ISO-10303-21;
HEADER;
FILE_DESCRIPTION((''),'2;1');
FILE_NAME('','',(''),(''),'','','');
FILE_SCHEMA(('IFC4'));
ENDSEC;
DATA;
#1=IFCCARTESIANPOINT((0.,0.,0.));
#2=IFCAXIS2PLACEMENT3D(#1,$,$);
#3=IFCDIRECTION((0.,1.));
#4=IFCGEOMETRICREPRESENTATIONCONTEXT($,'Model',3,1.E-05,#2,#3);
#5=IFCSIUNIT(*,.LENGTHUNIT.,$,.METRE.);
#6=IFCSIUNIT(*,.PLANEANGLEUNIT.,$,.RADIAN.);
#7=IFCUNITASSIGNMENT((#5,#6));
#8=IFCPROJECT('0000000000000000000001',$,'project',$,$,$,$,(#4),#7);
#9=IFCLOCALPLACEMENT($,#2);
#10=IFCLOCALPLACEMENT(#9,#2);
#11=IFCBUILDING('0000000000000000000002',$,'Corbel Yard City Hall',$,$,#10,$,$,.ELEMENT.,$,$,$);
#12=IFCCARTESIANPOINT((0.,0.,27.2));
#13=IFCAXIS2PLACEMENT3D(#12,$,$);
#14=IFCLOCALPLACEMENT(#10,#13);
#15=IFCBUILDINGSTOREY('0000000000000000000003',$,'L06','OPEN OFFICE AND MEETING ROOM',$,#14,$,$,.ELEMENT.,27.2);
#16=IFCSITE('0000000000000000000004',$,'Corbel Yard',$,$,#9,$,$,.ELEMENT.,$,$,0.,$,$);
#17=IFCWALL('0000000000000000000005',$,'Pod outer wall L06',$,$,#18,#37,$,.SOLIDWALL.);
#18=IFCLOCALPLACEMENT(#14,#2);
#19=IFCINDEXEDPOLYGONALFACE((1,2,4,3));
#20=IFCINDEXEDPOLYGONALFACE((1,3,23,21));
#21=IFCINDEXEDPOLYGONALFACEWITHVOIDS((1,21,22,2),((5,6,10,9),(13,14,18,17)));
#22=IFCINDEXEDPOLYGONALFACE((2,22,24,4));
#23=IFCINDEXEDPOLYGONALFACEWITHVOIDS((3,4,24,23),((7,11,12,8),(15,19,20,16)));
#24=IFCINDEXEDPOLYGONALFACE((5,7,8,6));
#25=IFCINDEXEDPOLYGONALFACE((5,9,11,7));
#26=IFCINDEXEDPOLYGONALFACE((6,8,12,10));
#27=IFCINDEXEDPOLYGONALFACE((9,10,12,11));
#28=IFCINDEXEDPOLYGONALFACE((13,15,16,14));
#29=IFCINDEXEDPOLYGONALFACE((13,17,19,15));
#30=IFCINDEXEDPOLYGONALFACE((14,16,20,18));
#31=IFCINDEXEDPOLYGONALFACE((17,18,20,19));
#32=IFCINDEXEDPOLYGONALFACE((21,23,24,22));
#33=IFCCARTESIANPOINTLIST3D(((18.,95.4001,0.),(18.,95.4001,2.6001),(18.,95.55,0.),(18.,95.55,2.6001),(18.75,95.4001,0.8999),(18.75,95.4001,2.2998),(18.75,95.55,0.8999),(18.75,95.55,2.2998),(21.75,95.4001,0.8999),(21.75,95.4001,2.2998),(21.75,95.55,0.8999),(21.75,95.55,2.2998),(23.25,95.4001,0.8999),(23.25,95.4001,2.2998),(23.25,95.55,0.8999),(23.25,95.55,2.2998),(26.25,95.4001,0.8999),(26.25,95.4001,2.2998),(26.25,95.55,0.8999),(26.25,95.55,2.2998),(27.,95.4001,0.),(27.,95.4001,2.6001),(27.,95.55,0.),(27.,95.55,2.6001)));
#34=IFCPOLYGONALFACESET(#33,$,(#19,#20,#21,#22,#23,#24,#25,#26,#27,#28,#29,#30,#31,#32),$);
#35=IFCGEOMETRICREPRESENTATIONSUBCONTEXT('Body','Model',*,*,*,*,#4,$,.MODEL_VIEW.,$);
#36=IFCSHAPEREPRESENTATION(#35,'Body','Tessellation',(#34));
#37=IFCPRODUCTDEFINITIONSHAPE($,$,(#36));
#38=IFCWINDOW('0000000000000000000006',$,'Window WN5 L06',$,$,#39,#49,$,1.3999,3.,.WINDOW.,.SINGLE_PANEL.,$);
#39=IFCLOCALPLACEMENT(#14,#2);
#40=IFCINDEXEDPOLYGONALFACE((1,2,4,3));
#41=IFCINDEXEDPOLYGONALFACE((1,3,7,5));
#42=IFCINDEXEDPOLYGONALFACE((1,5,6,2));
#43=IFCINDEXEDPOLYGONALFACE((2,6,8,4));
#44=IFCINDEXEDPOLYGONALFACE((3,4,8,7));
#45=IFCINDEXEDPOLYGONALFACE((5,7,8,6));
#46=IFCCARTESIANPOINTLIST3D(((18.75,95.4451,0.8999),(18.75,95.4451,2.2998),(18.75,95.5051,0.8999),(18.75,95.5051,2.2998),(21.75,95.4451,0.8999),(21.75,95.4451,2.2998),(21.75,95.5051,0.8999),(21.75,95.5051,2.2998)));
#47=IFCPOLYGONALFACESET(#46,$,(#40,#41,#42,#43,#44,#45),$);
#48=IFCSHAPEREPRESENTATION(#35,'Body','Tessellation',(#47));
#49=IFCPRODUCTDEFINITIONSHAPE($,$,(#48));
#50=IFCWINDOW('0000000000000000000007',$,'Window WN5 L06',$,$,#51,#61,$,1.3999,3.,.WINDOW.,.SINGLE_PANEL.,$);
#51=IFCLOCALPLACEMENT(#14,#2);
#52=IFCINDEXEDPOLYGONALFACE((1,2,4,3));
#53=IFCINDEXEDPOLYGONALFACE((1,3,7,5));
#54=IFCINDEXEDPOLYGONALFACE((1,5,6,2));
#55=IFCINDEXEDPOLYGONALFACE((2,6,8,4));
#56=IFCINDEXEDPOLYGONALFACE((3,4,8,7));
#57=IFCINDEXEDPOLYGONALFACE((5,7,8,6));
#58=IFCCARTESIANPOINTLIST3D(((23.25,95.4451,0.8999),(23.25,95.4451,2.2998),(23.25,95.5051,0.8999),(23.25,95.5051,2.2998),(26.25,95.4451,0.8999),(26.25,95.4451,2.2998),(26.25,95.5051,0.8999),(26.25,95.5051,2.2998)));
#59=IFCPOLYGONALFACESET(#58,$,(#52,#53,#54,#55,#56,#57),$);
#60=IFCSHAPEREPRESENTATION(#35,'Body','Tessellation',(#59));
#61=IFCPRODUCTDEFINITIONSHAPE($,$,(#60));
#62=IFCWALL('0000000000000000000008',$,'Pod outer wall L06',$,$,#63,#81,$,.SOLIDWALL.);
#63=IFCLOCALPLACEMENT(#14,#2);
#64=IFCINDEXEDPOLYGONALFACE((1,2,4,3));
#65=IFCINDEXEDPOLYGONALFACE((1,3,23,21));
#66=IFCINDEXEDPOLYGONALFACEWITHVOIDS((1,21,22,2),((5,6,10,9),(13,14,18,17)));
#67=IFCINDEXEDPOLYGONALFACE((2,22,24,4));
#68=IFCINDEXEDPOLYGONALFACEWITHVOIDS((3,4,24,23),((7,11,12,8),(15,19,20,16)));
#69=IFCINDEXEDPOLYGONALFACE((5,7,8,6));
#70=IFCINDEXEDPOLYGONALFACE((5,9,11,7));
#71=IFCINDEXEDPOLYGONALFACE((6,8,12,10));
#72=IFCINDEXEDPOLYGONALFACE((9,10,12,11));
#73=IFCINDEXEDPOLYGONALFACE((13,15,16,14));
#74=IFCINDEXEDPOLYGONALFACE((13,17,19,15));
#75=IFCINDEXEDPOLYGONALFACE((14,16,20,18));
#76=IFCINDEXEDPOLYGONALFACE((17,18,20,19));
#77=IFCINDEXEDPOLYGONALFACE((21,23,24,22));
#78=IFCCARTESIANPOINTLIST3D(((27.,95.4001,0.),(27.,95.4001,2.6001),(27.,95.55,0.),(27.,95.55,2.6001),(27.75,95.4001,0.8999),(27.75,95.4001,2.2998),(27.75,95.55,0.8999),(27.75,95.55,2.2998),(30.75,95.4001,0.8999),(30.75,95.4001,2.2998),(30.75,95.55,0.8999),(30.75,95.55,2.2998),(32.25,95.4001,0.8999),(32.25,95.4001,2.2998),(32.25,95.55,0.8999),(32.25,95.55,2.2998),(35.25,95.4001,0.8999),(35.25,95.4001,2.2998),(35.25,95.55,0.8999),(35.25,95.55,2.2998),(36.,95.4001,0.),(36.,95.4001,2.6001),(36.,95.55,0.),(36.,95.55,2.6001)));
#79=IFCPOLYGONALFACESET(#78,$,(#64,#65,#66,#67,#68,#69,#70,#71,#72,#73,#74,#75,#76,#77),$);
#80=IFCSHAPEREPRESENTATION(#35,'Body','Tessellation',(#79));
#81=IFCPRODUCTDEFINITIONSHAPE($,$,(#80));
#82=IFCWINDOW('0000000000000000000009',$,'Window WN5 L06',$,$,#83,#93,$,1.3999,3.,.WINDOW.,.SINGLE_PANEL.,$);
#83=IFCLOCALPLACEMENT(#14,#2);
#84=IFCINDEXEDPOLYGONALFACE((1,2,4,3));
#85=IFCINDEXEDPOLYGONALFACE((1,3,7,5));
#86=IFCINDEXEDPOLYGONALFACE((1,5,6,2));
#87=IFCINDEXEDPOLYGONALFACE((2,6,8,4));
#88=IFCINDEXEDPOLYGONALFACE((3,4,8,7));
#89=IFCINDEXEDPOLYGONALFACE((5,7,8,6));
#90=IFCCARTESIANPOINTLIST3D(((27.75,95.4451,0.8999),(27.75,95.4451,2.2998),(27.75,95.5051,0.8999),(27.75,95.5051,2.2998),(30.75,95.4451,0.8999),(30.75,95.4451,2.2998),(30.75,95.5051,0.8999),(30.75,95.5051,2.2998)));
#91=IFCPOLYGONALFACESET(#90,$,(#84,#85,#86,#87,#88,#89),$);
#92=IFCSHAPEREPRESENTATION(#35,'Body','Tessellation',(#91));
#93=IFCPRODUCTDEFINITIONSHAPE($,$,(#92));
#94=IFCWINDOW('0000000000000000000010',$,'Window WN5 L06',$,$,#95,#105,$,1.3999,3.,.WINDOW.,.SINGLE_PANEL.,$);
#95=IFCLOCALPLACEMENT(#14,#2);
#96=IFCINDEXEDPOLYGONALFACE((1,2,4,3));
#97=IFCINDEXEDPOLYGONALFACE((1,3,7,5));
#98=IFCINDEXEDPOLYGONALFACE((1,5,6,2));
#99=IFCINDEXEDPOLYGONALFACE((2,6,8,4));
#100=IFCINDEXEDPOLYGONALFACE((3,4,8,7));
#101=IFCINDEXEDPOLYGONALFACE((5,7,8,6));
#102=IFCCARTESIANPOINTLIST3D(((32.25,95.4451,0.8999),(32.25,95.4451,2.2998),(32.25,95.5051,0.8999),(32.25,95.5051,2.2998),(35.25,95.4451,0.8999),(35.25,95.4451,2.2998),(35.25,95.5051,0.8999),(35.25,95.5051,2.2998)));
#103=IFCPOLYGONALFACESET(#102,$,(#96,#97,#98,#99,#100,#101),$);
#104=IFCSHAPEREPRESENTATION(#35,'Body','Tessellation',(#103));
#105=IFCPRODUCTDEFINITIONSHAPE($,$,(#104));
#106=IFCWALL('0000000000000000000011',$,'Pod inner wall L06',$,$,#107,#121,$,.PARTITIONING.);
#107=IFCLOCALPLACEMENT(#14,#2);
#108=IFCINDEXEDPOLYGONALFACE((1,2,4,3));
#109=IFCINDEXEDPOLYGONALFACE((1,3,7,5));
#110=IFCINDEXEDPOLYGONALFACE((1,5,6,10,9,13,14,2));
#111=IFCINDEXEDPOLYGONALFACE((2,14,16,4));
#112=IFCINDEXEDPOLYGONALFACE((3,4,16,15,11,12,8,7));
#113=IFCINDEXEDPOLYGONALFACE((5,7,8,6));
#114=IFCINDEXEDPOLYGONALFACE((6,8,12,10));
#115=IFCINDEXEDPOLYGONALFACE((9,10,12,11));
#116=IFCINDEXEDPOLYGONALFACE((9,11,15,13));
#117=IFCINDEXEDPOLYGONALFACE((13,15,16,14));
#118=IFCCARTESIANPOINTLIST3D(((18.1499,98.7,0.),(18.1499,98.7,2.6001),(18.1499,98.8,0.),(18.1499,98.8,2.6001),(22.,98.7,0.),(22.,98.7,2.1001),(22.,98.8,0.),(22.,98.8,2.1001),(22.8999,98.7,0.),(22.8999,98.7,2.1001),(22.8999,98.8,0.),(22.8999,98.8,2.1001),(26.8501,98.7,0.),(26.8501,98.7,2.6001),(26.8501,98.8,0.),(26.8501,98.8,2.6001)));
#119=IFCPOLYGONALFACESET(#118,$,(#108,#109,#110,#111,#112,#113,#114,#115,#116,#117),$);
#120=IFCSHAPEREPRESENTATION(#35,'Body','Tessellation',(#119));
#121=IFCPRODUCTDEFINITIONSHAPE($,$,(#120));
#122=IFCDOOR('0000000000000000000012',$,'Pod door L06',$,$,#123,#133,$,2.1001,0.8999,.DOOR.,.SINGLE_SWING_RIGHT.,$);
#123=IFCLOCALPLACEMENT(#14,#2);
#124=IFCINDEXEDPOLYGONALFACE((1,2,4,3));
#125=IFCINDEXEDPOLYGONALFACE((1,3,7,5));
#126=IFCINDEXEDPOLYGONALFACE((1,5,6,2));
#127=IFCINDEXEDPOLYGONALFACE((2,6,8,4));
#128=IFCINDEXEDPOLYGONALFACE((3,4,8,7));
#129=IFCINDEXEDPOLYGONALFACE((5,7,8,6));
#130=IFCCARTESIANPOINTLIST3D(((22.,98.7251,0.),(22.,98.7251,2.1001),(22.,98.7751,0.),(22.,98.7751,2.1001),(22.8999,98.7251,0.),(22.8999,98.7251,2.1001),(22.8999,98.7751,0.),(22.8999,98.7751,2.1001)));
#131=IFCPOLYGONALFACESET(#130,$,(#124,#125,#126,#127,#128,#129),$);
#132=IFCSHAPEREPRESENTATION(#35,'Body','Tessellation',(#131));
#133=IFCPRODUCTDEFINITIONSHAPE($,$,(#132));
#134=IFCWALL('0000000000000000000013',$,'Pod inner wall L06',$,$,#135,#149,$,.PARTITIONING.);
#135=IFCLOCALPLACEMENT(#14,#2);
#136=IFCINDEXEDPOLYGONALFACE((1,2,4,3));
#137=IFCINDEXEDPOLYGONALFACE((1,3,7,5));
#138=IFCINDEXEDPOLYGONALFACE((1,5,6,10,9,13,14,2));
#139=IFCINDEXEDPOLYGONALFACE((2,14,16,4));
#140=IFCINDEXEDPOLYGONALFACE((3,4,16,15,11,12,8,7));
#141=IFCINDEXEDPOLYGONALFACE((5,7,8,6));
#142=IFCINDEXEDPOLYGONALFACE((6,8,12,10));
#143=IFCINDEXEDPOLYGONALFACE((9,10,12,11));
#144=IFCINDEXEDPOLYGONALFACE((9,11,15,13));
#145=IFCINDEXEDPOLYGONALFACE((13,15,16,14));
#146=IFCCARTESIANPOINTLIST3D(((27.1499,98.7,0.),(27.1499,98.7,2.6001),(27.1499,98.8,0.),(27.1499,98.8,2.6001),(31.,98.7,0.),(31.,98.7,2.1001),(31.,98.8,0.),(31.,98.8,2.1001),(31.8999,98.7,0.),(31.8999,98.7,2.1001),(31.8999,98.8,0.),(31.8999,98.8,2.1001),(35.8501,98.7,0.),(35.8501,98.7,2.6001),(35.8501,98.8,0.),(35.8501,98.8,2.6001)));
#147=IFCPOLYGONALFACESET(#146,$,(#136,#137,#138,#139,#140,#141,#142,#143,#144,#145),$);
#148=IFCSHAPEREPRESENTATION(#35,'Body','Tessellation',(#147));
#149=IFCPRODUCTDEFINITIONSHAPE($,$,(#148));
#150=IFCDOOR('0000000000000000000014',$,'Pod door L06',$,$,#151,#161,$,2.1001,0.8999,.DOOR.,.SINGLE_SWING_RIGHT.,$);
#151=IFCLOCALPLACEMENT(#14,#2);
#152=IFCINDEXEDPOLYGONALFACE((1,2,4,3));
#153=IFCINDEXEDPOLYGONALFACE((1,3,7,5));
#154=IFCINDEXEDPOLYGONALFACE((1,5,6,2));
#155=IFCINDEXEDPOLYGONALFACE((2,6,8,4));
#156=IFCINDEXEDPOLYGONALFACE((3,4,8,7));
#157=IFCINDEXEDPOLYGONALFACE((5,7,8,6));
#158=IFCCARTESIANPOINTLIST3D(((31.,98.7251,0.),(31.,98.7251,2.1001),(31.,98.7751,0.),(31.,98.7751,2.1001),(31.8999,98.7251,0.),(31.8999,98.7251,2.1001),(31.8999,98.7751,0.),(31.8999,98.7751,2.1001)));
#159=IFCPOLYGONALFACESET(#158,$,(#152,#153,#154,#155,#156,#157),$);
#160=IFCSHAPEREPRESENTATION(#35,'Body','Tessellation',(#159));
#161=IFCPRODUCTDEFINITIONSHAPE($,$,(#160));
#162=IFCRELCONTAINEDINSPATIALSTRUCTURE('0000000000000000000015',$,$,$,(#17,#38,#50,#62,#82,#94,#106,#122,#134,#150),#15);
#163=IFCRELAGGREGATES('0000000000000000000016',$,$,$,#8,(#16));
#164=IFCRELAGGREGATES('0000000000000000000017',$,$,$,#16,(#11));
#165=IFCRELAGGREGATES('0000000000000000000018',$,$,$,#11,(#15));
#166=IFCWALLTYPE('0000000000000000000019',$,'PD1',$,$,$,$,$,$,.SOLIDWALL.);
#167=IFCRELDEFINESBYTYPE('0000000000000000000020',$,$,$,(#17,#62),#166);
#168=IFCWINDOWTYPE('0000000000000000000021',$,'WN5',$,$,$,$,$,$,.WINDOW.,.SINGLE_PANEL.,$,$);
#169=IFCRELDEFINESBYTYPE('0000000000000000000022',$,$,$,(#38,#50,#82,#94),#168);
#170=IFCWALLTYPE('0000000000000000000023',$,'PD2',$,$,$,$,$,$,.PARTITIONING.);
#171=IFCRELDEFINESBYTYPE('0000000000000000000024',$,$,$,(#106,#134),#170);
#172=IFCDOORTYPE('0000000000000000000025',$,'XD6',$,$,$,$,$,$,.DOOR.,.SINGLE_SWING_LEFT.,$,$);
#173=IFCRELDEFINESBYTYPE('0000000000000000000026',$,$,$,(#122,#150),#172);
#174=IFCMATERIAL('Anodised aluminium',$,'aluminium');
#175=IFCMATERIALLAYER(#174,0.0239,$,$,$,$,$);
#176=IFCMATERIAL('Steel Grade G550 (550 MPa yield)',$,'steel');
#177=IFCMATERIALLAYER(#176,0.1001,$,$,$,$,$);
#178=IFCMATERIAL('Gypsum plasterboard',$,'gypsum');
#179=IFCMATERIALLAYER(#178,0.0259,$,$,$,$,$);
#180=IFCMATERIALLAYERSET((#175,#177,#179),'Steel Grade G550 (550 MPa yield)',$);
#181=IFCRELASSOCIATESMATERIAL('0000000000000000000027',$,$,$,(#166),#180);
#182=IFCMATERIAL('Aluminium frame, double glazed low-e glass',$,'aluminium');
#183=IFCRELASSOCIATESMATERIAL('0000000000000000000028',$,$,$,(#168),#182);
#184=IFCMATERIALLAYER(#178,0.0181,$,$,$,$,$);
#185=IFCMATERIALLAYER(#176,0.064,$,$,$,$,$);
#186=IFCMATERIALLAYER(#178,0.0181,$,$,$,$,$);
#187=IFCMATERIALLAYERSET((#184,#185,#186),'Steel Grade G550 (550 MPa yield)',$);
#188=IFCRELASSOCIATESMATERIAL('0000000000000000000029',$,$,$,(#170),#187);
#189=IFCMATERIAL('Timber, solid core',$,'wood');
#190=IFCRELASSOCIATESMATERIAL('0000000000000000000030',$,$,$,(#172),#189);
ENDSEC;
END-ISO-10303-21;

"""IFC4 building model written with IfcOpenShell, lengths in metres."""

from ifc_helpers import new_model, si_unit, direction, frame, frame_2d, origin, place, context, subcontext, project, spatial, rectangle, extrude, material, layer, layer_set, type_object, element, fill, save


model = new_model("IFC4")

# Units and contexts
model_context = context("Model", 3, precision=1e-05, world=origin(), true_north=direction((0.0, 1.0)))
body_context = subcontext(model_context, "Body", "Model", "MODEL_VIEW")
ifc_project = project(units=[si_unit("LENGTHUNIT", "METRE"), si_unit("PLANEANGLEUNIT", "RADIAN")], contexts=[model_context])

# Site, building, storey
site_placement = place(None, origin())
site = spatial("IfcSite", under=ifc_project, at=site_placement, Name="Corbel Yard", CompositionType="ELEMENT", RefElevation=0.0)
building_placement = place(site_placement, origin())
building = spatial("IfcBuilding", under=site, at=building_placement, Name="Corbel Yard City Hall", CompositionType="ELEMENT")
storey_placement = place(building_placement, frame((0.0, 0.0, 27.2)))
storey = spatial("IfcBuildingStorey", under=building, at=storey_placement, Name="L06", Description="OPEN OFFICE AND MEETING ROOM", CompositionType="ELEMENT", Elevation=27.2)

# Walls, openings, windows
ifc_material_1 = material(Name="Anodised aluminium", Category="aluminium")
ifc_layer_1 = layer(ifc_material_1, 0.0239)
ifc_material_2 = material(Name="Steel Grade G550 (550 MPa yield)", Category="steel")
ifc_layer_2 = layer(ifc_material_2, 0.1001)
ifc_material_3 = material(Name="Gypsum plasterboard", Category="gypsum")
ifc_layer_3 = layer(ifc_material_3, 0.0259)
ifc_layer_set_1 = layer_set([ifc_layer_1, ifc_layer_2, ifc_layer_3], Name="Steel Grade G550 (550 MPa yield)")
wall_type_1 = type_object("IfcWallType", Name="PD1", PredefinedType="SOLIDWALL", material=ifc_layer_set_1)
wall_1_placement = place(storey_placement, frame((18.0, 95.4751, 0.0), z_axis=(0.0, 0.0, 1.0), x_axis=(1.0, 0.0, 0.0)))
wall_1 = element("IfcWall", 1, at=wall_1_placement, inside=storey, type_object=wall_type_1, Name="Pod outer wall L06", PredefinedType="SOLIDWALL", context=body_context, shape_type="SweptSolid", body=[
    extrude(rectangle(XDim=9.0, YDim=0.1499, at=frame_2d((4.5, 0.0))), origin(), (0.0, 0.0, 1.0), 2.6001),
])
opening_1_placement = place(wall_1_placement, frame((0.75, 0.0, 0.8999)))
opening_1 = element("IfcOpeningElement", 2, at=opening_1_placement, cuts=wall_1, PredefinedType="OPENING", context=body_context, shape_type="SweptSolid", body=[
    extrude(rectangle(XDim=3.0, YDim=1.3999, at=frame_2d((1.5, 0.7))), frame((0.0, 0.085, 0.0), z_axis=(0.0, -1.0, 0.0), x_axis=(1.0, 0.0, 0.0)), (0.0, 0.0, 1.0), 0.1699),
])
opening_2_placement = place(wall_1_placement, frame((5.25, 0.0, 0.8999)))
opening_2 = element("IfcOpeningElement", 3, at=opening_2_placement, cuts=wall_1, PredefinedType="OPENING", context=body_context, shape_type="SweptSolid", body=[
    extrude(rectangle(XDim=3.0, YDim=1.3999, at=frame_2d((1.5, 0.7))), frame((0.0, 0.085, 0.0), z_axis=(0.0, -1.0, 0.0), x_axis=(1.0, 0.0, 0.0)), (0.0, 0.0, 1.0), 0.1699),
])
ifc_material_4 = material(Name="Aluminium frame, double glazed low-e glass", Category="aluminium")
window_type_1 = type_object("IfcWindowType", Name="WN5", PartitioningType="SINGLE_PANEL", PredefinedType="WINDOW", material=ifc_material_4)
window_1_placement = place(opening_1_placement, origin())
window_1 = element("IfcWindow", 4, at=window_1_placement, inside=storey, type_object=window_type_1, Name="Window WN5 L06", OverallHeight=1.3999, OverallWidth=3.0, PartitioningType="SINGLE_PANEL", PredefinedType="WINDOW", context=body_context, shape_type="SweptSolid", body=[
    extrude(rectangle(XDim=3.0, YDim=1.3999, at=frame_2d((1.5, 0.7))), frame((0.0, 0.03, 0.0), z_axis=(0.0, -1.0, 0.0), x_axis=(1.0, 0.0, 0.0)), (0.0, 0.0, 1.0), 0.0601),
])
fill(opening_1, window_1)
window_2_placement = place(opening_2_placement, origin())
window_2 = element("IfcWindow", 5, at=window_2_placement, inside=storey, type_object=window_type_1, Name="Window WN5 L06", OverallHeight=1.3999, OverallWidth=3.0, PartitioningType="SINGLE_PANEL", PredefinedType="WINDOW", context=body_context, shape_type="SweptSolid", body=[
    extrude(rectangle(XDim=3.0, YDim=1.3999, at=frame_2d((1.5, 0.7))), frame((0.0, 0.03, 0.0), z_axis=(0.0, -1.0, 0.0), x_axis=(1.0, 0.0, 0.0)), (0.0, 0.0, 1.0), 0.0601),
])
fill(opening_2, window_2)
wall_2_placement = place(storey_placement, frame((27.0, 95.4751, 0.0), z_axis=(0.0, 0.0, 1.0), x_axis=(1.0, 0.0, 0.0)))
wall_2 = element("IfcWall", 6, at=wall_2_placement, inside=storey, type_object=wall_type_1, Name="Pod outer wall L06", PredefinedType="SOLIDWALL", context=body_context, shape_type="SweptSolid", body=[
    extrude(rectangle(XDim=9.0, YDim=0.1499, at=frame_2d((4.5, 0.0))), origin(), (0.0, 0.0, 1.0), 2.6001),
])
opening_3_placement = place(wall_2_placement, frame((0.75, 0.0, 0.8999)))
opening_3 = element("IfcOpeningElement", 7, at=opening_3_placement, cuts=wall_2, PredefinedType="OPENING", context=body_context, shape_type="SweptSolid", body=[
    extrude(rectangle(XDim=3.0, YDim=1.3999, at=frame_2d((1.5, 0.7))), frame((0.0, 0.085, 0.0), z_axis=(0.0, -1.0, 0.0), x_axis=(1.0, 0.0, 0.0)), (0.0, 0.0, 1.0), 0.1699),
])
opening_4_placement = place(wall_2_placement, frame((5.25, 0.0, 0.8999)))
opening_4 = element("IfcOpeningElement", 8, at=opening_4_placement, cuts=wall_2, PredefinedType="OPENING", context=body_context, shape_type="SweptSolid", body=[
    extrude(rectangle(XDim=3.0, YDim=1.3999, at=frame_2d((1.5, 0.7))), frame((0.0, 0.085, 0.0), z_axis=(0.0, -1.0, 0.0), x_axis=(1.0, 0.0, 0.0)), (0.0, 0.0, 1.0), 0.1699),
])
window_3_placement = place(opening_3_placement, origin())
window_3 = element("IfcWindow", 9, at=window_3_placement, inside=storey, type_object=window_type_1, Name="Window WN5 L06", OverallHeight=1.3999, OverallWidth=3.0, PartitioningType="SINGLE_PANEL", PredefinedType="WINDOW", context=body_context, shape_type="SweptSolid", body=[
    extrude(rectangle(XDim=3.0, YDim=1.3999, at=frame_2d((1.5, 0.7))), frame((0.0, 0.03, 0.0), z_axis=(0.0, -1.0, 0.0), x_axis=(1.0, 0.0, 0.0)), (0.0, 0.0, 1.0), 0.0601),
])
fill(opening_3, window_3)
window_4_placement = place(opening_4_placement, origin())
window_4 = element("IfcWindow", 10, at=window_4_placement, inside=storey, type_object=window_type_1, Name="Window WN5 L06", OverallHeight=1.3999, OverallWidth=3.0, PartitioningType="SINGLE_PANEL", PredefinedType="WINDOW", context=body_context, shape_type="SweptSolid", body=[
    extrude(rectangle(XDim=3.0, YDim=1.3999, at=frame_2d((1.5, 0.7))), frame((0.0, 0.03, 0.0), z_axis=(0.0, -1.0, 0.0), x_axis=(1.0, 0.0, 0.0)), (0.0, 0.0, 1.0), 0.0601),
])
fill(opening_4, window_4)

# Walls, openings, doors
ifc_layer_4 = layer(ifc_material_3, 0.0181)
ifc_layer_5 = layer(ifc_material_2, 0.064)
ifc_layer_6 = layer(ifc_material_3, 0.0181)
ifc_layer_set_2 = layer_set([ifc_layer_4, ifc_layer_5, ifc_layer_6], Name="Steel Grade G550 (550 MPa yield)")
wall_type_2 = type_object("IfcWallType", Name="PD2", PredefinedType="PARTITIONING", material=ifc_layer_set_2)
wall_3_placement = place(storey_placement, frame((18.1499, 98.75, 0.0), z_axis=(0.0, 0.0, 1.0), x_axis=(1.0, 0.0, 0.0)))
wall_3 = element("IfcWall", 11, at=wall_3_placement, inside=storey, type_object=wall_type_2, Name="Pod inner wall L06", PredefinedType="PARTITIONING", context=body_context, shape_type="SweptSolid", body=[
    extrude(rectangle(XDim=8.7002, YDim=0.1001, at=frame_2d((4.3501, 0.0))), origin(), (0.0, 0.0, 1.0), 2.6001),
])
opening_5_placement = place(wall_3_placement, frame((3.8501, 0.0, 0.0)))
opening_5 = element("IfcOpeningElement", 12, at=opening_5_placement, cuts=wall_3, PredefinedType="OPENING", context=body_context, shape_type="SweptSolid", body=[
    extrude(rectangle(XDim=0.8999, YDim=2.1001, at=frame_2d((0.45, 1.05))), frame((0.0, 0.0601, 0.0), z_axis=(0.0, -1.0, 0.0), x_axis=(1.0, 0.0, 0.0)), (0.0, 0.0, 1.0), 0.1201),
])
ifc_material_5 = material(Name="Timber, solid core", Category="wood")
door_type = type_object("IfcDoorType", Name="XD6", OperationType="SINGLE_SWING_LEFT", PredefinedType="DOOR", material=ifc_material_5)
door_1_placement = place(opening_5_placement, frame((0.8999, 0.0, 0.0), z_axis=(0.0, 0.0, 1.0), x_axis=(-1.0, 0.0, 0.0)))
door_1 = element("IfcDoor", 13, at=door_1_placement, inside=storey, type_object=door_type, Name="Pod door L06", OperationType="SINGLE_SWING_RIGHT", OverallHeight=2.1001, OverallWidth=0.8999, PredefinedType="DOOR", context=body_context, shape_type="SweptSolid", body=[
    extrude(rectangle(XDim=0.8999, YDim=2.1001, at=frame_2d((0.45, 1.05))), frame((0.0, 0.0249, 0.0), z_axis=(0.0, -1.0, 0.0), x_axis=(1.0, 0.0, 0.0)), (0.0, 0.0, 1.0), 0.05),
])
fill(opening_5, door_1)
wall_4_placement = place(storey_placement, frame((27.1499, 98.75, 0.0), z_axis=(0.0, 0.0, 1.0), x_axis=(1.0, 0.0, 0.0)))
wall_4 = element("IfcWall", 14, at=wall_4_placement, inside=storey, type_object=wall_type_2, Name="Pod inner wall L06", PredefinedType="PARTITIONING", context=body_context, shape_type="SweptSolid", body=[
    extrude(rectangle(XDim=8.7002, YDim=0.1001, at=frame_2d((4.3501, 0.0))), origin(), (0.0, 0.0, 1.0), 2.6001),
])
opening_6_placement = place(wall_4_placement, frame((3.8501, 0.0, 0.0)))
opening_6 = element("IfcOpeningElement", 15, at=opening_6_placement, cuts=wall_4, PredefinedType="OPENING", context=body_context, shape_type="SweptSolid", body=[
    extrude(rectangle(XDim=0.8999, YDim=2.1001, at=frame_2d((0.45, 1.05))), frame((0.0, 0.0601, 0.0), z_axis=(0.0, -1.0, 0.0), x_axis=(1.0, 0.0, 0.0)), (0.0, 0.0, 1.0), 0.1201),
])
door_2_placement = place(opening_6_placement, frame((0.8999, 0.0, 0.0), z_axis=(0.0, 0.0, 1.0), x_axis=(-1.0, 0.0, 0.0)))
door_2 = element("IfcDoor", 16, at=door_2_placement, inside=storey, type_object=door_type, Name="Pod door L06", OperationType="SINGLE_SWING_RIGHT", OverallHeight=2.1001, OverallWidth=0.8999, PredefinedType="DOOR", context=body_context, shape_type="SweptSolid", body=[
    extrude(rectangle(XDim=0.8999, YDim=2.1001, at=frame_2d((0.45, 1.05))), frame((0.0, 0.0249, 0.0), z_axis=(0.0, -1.0, 0.0), x_axis=(1.0, 0.0, 0.0)), (0.0, 0.0, 1.0), 0.05),
])
fill(opening_6, door_2)

save(model, "model.ifc")
